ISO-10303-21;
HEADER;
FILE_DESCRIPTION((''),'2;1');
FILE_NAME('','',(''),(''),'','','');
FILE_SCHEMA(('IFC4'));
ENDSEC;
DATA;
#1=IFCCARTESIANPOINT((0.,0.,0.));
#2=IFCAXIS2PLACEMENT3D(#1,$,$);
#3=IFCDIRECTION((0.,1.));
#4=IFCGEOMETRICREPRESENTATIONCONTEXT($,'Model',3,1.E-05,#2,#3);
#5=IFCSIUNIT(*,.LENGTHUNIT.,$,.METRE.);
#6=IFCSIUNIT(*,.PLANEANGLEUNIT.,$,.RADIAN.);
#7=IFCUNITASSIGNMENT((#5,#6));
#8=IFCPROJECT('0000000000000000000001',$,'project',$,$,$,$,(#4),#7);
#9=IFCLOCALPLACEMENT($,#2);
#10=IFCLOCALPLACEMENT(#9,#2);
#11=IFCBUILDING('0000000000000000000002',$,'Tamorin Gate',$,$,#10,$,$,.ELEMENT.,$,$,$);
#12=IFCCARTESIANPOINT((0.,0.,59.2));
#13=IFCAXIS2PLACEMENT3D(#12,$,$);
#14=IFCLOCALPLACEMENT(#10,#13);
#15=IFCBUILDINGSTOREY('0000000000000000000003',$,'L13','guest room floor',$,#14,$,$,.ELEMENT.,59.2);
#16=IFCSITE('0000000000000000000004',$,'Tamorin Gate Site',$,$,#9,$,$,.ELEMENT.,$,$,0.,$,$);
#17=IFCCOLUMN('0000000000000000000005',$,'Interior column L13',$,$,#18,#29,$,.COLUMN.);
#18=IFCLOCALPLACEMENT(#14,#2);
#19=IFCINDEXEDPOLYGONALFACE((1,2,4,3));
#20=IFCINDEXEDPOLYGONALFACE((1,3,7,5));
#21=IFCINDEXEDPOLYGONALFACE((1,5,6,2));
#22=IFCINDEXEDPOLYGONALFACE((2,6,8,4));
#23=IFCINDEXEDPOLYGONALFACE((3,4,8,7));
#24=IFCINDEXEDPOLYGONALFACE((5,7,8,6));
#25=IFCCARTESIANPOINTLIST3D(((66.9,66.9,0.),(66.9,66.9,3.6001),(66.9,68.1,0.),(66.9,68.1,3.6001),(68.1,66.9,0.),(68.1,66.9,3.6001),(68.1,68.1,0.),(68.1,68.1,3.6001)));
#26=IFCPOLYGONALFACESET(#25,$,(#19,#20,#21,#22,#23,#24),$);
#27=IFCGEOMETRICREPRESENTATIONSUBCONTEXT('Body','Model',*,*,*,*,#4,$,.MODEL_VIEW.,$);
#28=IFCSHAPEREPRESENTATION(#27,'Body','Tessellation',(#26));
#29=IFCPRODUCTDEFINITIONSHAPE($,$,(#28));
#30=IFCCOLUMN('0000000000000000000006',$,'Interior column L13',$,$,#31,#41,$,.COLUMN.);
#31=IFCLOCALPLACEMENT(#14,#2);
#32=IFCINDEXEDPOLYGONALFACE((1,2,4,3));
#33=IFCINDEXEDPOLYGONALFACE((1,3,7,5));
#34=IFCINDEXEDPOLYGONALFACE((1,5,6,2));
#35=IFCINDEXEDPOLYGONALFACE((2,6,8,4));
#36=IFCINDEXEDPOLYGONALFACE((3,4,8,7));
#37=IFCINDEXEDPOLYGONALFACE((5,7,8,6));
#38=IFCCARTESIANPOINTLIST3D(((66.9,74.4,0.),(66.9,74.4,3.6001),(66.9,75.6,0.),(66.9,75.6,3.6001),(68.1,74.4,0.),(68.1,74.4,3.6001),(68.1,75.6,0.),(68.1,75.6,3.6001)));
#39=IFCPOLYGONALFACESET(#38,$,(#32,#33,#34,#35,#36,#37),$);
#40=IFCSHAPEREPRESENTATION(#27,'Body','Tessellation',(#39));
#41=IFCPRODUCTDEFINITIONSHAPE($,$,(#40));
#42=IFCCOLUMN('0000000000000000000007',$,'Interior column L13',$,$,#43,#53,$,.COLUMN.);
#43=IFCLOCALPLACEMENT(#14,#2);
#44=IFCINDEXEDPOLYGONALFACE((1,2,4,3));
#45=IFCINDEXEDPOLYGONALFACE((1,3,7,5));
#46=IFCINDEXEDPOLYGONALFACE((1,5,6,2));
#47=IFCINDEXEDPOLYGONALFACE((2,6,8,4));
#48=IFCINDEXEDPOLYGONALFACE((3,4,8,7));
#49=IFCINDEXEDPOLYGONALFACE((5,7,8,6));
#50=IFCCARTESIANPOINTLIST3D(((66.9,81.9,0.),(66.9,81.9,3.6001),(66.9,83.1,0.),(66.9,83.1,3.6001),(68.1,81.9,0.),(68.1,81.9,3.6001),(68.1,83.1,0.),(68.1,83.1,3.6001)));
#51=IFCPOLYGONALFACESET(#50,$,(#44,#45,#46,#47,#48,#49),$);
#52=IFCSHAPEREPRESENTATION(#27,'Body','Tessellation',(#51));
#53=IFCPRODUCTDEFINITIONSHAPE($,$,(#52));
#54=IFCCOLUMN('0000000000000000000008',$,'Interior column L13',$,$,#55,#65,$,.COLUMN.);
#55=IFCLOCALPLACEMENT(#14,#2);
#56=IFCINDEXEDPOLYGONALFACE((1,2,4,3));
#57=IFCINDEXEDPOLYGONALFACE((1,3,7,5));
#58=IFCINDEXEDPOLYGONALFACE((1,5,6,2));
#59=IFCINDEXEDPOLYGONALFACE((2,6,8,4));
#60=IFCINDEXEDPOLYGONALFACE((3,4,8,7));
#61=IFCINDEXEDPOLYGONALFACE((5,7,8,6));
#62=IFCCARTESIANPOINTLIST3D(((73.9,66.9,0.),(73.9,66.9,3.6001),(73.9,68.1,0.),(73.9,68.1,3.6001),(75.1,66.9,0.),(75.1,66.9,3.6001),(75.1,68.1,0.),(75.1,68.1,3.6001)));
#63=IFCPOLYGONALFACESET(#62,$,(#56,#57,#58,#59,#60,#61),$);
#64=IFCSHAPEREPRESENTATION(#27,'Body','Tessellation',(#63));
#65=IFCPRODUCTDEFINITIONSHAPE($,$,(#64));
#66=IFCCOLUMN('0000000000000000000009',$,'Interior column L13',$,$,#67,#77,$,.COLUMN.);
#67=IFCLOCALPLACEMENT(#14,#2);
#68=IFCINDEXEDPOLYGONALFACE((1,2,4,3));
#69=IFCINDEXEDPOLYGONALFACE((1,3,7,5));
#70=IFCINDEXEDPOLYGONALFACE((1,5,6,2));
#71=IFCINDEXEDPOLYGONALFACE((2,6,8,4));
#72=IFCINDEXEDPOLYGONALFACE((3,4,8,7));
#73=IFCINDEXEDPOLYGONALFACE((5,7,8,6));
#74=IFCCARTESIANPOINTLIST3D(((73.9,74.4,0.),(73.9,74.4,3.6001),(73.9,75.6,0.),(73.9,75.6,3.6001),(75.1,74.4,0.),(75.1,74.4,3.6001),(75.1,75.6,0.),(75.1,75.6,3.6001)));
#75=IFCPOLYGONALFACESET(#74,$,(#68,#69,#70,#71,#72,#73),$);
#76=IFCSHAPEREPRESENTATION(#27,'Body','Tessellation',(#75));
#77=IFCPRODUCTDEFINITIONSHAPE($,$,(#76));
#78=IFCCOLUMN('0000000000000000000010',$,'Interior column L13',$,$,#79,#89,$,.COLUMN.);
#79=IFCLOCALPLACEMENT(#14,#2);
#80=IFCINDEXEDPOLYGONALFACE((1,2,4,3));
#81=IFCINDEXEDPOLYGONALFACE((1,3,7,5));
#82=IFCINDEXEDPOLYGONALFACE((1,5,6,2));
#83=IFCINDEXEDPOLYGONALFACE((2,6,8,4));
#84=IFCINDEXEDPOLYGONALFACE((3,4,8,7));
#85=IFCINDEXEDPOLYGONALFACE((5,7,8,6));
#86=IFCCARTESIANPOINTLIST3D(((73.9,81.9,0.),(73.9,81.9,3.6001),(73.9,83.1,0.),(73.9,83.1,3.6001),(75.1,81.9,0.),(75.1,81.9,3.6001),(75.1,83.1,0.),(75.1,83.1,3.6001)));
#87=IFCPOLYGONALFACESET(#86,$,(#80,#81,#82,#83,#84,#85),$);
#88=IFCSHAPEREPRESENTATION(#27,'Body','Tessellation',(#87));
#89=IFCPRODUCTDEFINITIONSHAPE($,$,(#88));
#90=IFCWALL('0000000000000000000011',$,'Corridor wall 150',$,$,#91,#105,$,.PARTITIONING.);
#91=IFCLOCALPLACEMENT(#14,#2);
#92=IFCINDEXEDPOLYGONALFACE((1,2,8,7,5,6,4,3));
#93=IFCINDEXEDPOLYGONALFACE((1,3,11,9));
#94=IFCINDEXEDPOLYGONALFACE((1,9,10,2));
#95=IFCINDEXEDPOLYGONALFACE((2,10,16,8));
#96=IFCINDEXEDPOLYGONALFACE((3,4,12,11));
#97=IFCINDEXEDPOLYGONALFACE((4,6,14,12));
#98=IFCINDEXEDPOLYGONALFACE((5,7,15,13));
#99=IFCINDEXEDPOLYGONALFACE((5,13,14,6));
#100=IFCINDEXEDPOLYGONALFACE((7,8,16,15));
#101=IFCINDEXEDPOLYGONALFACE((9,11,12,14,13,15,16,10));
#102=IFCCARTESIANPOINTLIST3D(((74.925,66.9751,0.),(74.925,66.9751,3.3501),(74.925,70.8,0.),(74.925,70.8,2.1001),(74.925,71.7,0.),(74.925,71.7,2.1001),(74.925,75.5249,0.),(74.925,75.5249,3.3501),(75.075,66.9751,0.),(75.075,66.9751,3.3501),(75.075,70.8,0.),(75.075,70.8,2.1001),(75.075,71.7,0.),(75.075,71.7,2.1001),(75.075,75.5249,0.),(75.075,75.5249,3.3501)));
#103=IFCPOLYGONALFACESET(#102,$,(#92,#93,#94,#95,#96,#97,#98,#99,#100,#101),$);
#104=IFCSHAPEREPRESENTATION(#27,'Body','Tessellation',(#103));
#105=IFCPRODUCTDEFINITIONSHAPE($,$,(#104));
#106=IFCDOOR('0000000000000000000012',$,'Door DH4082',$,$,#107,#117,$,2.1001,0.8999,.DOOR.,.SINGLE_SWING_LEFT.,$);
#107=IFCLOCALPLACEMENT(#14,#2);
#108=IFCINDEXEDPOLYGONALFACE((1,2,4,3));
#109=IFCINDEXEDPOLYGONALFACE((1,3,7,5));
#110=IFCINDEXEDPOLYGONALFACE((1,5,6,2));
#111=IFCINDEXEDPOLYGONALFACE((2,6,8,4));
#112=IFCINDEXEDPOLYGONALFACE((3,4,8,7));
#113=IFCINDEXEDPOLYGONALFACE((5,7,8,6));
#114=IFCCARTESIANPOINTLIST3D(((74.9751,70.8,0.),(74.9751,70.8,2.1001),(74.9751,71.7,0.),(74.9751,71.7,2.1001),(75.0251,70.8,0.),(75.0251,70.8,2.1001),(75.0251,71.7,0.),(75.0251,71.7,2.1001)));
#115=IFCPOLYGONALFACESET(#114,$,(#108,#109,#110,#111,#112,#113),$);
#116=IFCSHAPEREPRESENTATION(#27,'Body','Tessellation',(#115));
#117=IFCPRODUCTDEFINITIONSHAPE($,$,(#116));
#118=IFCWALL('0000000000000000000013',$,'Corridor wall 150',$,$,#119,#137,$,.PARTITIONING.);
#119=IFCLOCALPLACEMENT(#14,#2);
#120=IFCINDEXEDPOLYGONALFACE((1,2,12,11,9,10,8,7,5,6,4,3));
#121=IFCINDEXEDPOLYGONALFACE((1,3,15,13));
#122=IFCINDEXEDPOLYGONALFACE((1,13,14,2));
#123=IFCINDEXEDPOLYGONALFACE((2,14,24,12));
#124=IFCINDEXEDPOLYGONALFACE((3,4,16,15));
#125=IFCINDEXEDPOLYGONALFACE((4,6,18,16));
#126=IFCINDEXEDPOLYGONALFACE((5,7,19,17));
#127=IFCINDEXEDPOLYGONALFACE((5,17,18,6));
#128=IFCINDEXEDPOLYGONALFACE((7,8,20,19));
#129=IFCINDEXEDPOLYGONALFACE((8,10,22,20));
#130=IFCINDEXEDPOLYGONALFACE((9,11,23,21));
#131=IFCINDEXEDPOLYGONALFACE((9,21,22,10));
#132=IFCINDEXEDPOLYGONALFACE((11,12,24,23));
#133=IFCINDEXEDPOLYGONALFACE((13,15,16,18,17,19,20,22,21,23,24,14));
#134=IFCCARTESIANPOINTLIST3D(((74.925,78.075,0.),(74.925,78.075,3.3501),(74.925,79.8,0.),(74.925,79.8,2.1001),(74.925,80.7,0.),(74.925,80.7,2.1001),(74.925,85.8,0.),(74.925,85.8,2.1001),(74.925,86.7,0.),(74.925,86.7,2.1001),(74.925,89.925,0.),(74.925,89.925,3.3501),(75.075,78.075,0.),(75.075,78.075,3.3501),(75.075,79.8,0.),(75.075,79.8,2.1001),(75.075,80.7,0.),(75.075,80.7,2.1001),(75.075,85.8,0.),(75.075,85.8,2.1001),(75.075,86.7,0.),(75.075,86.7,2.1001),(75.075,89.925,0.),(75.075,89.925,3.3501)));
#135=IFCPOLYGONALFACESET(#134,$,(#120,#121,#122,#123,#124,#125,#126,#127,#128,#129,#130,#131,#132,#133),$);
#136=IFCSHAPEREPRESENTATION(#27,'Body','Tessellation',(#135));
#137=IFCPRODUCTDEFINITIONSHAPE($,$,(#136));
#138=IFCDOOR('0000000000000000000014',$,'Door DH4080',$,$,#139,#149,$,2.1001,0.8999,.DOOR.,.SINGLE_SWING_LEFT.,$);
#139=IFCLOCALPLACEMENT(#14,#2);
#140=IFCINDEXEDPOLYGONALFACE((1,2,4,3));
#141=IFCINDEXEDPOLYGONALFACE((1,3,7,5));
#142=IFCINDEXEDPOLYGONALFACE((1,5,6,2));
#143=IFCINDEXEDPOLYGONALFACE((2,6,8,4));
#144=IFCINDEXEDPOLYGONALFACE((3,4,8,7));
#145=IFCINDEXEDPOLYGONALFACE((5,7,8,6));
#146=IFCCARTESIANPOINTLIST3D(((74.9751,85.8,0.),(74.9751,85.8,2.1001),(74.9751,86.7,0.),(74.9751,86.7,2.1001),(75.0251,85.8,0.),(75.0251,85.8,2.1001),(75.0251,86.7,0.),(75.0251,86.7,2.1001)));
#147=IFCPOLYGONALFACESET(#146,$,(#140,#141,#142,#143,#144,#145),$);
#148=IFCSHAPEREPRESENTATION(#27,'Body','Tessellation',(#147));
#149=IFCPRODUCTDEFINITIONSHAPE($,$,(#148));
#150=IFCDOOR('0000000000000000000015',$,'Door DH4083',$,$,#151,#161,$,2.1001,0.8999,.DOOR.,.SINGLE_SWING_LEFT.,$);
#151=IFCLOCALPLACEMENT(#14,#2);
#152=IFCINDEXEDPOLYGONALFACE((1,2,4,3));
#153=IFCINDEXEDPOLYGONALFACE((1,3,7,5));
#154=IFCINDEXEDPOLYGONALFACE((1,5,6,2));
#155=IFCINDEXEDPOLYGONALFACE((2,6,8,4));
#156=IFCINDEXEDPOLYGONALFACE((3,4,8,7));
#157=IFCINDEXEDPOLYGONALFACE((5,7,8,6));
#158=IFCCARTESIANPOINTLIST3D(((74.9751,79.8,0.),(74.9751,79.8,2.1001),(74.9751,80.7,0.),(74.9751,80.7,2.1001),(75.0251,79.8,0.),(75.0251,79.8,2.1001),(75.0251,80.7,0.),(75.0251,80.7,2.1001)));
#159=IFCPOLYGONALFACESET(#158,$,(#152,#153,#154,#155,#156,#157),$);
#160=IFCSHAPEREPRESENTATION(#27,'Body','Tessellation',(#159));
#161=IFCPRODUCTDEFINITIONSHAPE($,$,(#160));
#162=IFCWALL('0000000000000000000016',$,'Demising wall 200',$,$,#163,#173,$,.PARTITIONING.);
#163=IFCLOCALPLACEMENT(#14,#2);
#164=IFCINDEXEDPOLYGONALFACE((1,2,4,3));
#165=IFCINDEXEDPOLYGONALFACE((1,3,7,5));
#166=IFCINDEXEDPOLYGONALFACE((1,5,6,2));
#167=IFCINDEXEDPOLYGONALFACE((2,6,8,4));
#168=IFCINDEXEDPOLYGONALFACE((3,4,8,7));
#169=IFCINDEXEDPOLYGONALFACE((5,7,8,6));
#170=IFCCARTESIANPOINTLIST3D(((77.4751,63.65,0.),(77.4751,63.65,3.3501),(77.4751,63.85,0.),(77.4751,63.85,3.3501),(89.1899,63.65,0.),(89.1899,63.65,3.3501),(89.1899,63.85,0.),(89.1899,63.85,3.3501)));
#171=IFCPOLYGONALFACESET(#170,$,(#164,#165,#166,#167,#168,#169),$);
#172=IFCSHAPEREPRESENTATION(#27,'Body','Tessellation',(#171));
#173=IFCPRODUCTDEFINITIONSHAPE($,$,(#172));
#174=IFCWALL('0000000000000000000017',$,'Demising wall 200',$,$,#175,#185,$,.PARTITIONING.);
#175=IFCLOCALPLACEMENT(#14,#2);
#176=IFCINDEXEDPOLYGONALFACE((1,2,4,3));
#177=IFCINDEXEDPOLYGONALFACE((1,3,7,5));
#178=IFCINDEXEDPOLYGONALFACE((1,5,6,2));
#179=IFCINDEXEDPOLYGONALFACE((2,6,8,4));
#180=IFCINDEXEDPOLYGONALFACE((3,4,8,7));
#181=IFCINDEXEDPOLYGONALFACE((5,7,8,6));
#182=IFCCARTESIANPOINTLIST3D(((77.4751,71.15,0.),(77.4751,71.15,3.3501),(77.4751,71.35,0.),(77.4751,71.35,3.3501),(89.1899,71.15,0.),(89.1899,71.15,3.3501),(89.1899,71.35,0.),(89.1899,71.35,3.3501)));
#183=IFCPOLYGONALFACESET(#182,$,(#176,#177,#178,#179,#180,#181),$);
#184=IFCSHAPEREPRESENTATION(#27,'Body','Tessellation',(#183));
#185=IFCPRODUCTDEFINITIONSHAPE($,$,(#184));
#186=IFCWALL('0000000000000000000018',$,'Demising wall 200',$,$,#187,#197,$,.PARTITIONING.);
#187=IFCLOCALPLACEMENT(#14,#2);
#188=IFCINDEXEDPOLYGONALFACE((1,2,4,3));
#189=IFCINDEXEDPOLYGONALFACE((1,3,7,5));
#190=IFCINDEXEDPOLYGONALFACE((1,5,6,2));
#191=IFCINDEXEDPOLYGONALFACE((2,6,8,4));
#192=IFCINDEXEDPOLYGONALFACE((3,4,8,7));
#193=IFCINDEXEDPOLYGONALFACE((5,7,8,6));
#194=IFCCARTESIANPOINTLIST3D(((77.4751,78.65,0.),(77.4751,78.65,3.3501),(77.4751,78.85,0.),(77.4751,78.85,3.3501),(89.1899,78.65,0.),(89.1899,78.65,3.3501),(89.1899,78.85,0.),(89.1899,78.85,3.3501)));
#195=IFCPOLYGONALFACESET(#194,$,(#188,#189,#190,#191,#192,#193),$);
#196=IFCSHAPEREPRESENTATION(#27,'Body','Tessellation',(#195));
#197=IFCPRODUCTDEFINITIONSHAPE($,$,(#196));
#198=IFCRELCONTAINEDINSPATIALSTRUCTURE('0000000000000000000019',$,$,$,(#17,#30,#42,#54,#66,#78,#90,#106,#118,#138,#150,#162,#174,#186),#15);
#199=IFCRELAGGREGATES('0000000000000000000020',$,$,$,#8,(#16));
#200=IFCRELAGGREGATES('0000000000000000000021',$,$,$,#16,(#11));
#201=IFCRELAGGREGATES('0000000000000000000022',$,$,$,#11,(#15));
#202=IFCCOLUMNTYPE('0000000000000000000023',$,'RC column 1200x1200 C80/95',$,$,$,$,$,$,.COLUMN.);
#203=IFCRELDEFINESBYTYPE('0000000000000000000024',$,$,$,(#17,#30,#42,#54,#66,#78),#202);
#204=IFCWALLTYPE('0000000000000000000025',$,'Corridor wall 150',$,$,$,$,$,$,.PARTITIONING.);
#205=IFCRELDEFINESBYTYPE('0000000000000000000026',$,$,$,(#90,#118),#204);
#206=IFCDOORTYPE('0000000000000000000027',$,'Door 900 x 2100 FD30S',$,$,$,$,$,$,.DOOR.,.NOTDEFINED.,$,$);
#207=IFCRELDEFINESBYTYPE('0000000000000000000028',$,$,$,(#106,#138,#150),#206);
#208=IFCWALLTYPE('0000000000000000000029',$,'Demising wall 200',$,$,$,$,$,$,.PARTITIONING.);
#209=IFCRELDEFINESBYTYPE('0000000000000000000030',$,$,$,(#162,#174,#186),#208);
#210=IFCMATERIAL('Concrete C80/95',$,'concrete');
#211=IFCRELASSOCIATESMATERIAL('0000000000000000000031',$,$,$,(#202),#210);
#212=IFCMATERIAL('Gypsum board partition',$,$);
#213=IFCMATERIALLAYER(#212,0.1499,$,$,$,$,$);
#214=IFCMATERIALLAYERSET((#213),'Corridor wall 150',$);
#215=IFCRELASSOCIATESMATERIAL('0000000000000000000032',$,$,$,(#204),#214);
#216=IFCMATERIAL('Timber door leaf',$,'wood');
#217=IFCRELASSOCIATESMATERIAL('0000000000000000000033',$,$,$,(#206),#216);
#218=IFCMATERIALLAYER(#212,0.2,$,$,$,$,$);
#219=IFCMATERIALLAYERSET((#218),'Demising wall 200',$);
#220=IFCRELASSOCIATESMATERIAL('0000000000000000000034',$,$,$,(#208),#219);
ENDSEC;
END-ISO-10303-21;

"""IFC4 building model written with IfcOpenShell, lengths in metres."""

from ifc_helpers import new_model, si_unit, direction, frame, frame_2d, origin, origin_2d, place, context, subcontext, project, spatial, rectangle, extrude, material, layer, layer_set, material_profile, profile_set, type_object, element, fill, save


model = new_model("IFC4")

# Units and contexts
model_context = context("Model", 3, precision=1e-05, world=origin(), true_north=direction((0.0, 1.0)))
body_context = subcontext(model_context, "Body", "Model", "MODEL_VIEW")
ifc_project = project(units=[si_unit("LENGTHUNIT", "METRE"), si_unit("PLANEANGLEUNIT", "RADIAN")], contexts=[model_context])

# Site, building, storey
site_placement = place(None, origin())
site = spatial("IfcSite", under=ifc_project, at=site_placement, Name="Tamorin Gate Site", CompositionType="ELEMENT", RefElevation=0.0)
building_placement = place(site_placement, origin())
building = spatial("IfcBuilding", under=site, at=building_placement, Name="Tamorin Gate", CompositionType="ELEMENT")
storey_placement = place(building_placement, frame((0.0, 0.0, 59.2)))
storey = spatial("IfcBuildingStorey", under=building, at=storey_placement, Name="L13", Description="guest room floor", CompositionType="ELEMENT", Elevation=59.2)

# Columns
ifc_material_1 = material(Name="Concrete C80/95", Category="concrete")
ifc_material_profile = material_profile(ifc_material_1, rectangle(XDim=1.2, YDim=1.2, at=origin_2d()), Name="RC 1200x1200")
ifc_profile_set = profile_set([ifc_material_profile], Name="Concrete C80/95")
column_type = type_object("IfcColumnType", Name="RC column 1200x1200 C80/95", PredefinedType="COLUMN", material=ifc_profile_set)
for number, where, z_axis, x_axis, name in (
    (1, (67.5, 67.5, 0.0), (0.0, 0.0, 1.0), (1.0, 0.0, 0.0), "Interior column L13"),
    (2, (67.5, 75.0, 0.0), (0.0, 0.0, 1.0), (1.0, 0.0, 0.0), "Interior column L13"),
    (3, (67.5, 82.5, 0.0), (0.0, 0.0, 1.0), (1.0, 0.0, 0.0), "Interior column L13"),
    (4, (74.5, 67.5, 0.0), (0.0, 0.0, 1.0), (1.0, 0.0, 0.0), "Interior column L13"),
    (5, (74.5, 75.0, 0.0), (0.0, 0.0, 1.0), (1.0, 0.0, 0.0), "Interior column L13"),
    (6, (74.5, 82.5, 0.0), (0.0, 0.0, 1.0), (1.0, 0.0, 0.0), "Interior column L13"),
):
    element("IfcColumn", number, at=place(storey_placement, frame(where, z_axis=z_axis, x_axis=x_axis)), inside=storey, type_object=column_type, Name=name, PredefinedType="COLUMN", context=body_context, shape_type="SweptSolid", body=[
        extrude(rectangle(XDim=1.2, YDim=1.2, at=origin_2d()), origin(), (0.0, 0.0, 1.0), 3.6001),
    ])

# Wall, opening, door
ifc_material_2 = material(Name="Gypsum board partition")
ifc_layer_1 = layer(ifc_material_2, 0.1499)
ifc_layer_set_1 = layer_set([ifc_layer_1], Name="Corridor wall 150")
wall_type_1 = type_object("IfcWallType", Name="Corridor wall 150", PredefinedType="PARTITIONING", material=ifc_layer_set_1)
wall_1_placement = place(storey_placement, frame((75.0, 66.9751, 0.0), z_axis=(0.0, 0.0, 1.0), x_axis=(0.0, 1.0, 0.0)))
wall_1 = element("IfcWall", 7, at=wall_1_placement, inside=storey, type_object=wall_type_1, Name="Corridor wall 150", PredefinedType="PARTITIONING", context=body_context, shape_type="SweptSolid", body=[
    extrude(rectangle(XDim=8.5498, YDim=0.1499, at=frame_2d((4.2749, 0.0))), origin(), (0.0, 0.0, 1.0), 3.3501),
])
opening_1_placement = place(wall_1_placement, frame((3.825, 0.0, 0.0)))
opening_1 = element("IfcOpeningElement", 8, at=opening_1_placement, cuts=wall_1, PredefinedType="OPENING", context=body_context, shape_type="SweptSolid", body=[
    extrude(rectangle(XDim=0.8999, YDim=2.1001, at=frame_2d((0.45, 1.05))), frame((0.0, 0.085, 0.0), z_axis=(0.0, -1.0, 0.0), x_axis=(1.0, 0.0, 0.0)), (0.0, 0.0, 1.0), 0.1699),
])
ifc_material_3 = material(Name="Timber door leaf", Category="wood")
door_type = type_object("IfcDoorType", Name="Door 900 x 2100 FD30S", OperationType="NOTDEFINED", PredefinedType="DOOR", material=ifc_material_3)
door_1_placement = place(opening_1_placement, origin())
door_1 = element("IfcDoor", 9, at=door_1_placement, inside=storey, type_object=door_type, Name="Door DH4082", OperationType="SINGLE_SWING_LEFT", OverallHeight=2.1001, OverallWidth=0.8999, PredefinedType="DOOR", context=body_context, shape_type="SweptSolid", body=[
    extrude(rectangle(XDim=0.8999, YDim=2.1001, at=frame_2d((0.45, 1.05))), frame((0.0, 0.0249, 0.0), z_axis=(0.0, -1.0, 0.0), x_axis=(1.0, 0.0, 0.0)), (0.0, 0.0, 1.0), 0.05),
])
fill(opening_1, door_1)

# Wall, openings, doors
wall_2_placement = place(storey_placement, frame((75.0, 78.075, 0.0), z_axis=(0.0, 0.0, 1.0), x_axis=(0.0, 1.0, 0.0)))
wall_2 = element("IfcWall", 10, at=wall_2_placement, inside=storey, type_object=wall_type_1, Name="Corridor wall 150", PredefinedType="PARTITIONING", context=body_context, shape_type="SweptSolid", body=[
    extrude(rectangle(XDim=11.8501, YDim=0.1499, at=frame_2d((5.925, 0.0))), origin(), (0.0, 0.0, 1.0), 3.3501),
])
opening_2_placement = place(wall_2_placement, frame((7.7251, 0.0, 0.0)))
opening_2 = element("IfcOpeningElement", 11, at=opening_2_placement, cuts=wall_2, PredefinedType="OPENING", context=body_context, shape_type="SweptSolid", body=[
    extrude(rectangle(XDim=0.8999, YDim=2.1001, at=frame_2d((0.45, 1.05))), frame((0.0, 0.085, 0.0), z_axis=(0.0, -1.0, 0.0), x_axis=(1.0, 0.0, 0.0)), (0.0, 0.0, 1.0), 0.1699),
])
opening_3_placement = place(wall_2_placement, frame((1.7251, 0.0, 0.0)))
opening_3 = element("IfcOpeningElement", 12, at=opening_3_placement, cuts=wall_2, PredefinedType="OPENING", context=body_context, shape_type="SweptSolid", body=[
    extrude(rectangle(XDim=0.8999, YDim=2.1001, at=frame_2d((0.45, 1.05))), frame((0.0, 0.085, 0.0), z_axis=(0.0, -1.0, 0.0), x_axis=(1.0, 0.0, 0.0)), (0.0, 0.0, 1.0), 0.1699),
])
door_2_placement = place(opening_2_placement, origin())
door_2 = element("IfcDoor", 13, at=door_2_placement, inside=storey, type_object=door_type, Name="Door DH4080", OperationType="SINGLE_SWING_LEFT", OverallHeight=2.1001, OverallWidth=0.8999, PredefinedType="DOOR", context=body_context, shape_type="SweptSolid", body=[
    extrude(rectangle(XDim=0.8999, YDim=2.1001, at=frame_2d((0.45, 1.05))), frame((0.0, 0.0249, 0.0), z_axis=(0.0, -1.0, 0.0), x_axis=(1.0, 0.0, 0.0)), (0.0, 0.0, 1.0), 0.05),
])
fill(opening_2, door_2)
door_3_placement = place(opening_3_placement, origin())
door_3 = element("IfcDoor", 14, at=door_3_placement, inside=storey, type_object=door_type, Name="Door DH4083", OperationType="SINGLE_SWING_LEFT", OverallHeight=2.1001, OverallWidth=0.8999, PredefinedType="DOOR", context=body_context, shape_type="SweptSolid", body=[
    extrude(rectangle(XDim=0.8999, YDim=2.1001, at=frame_2d((0.45, 1.05))), frame((0.0, 0.0249, 0.0), z_axis=(0.0, -1.0, 0.0), x_axis=(1.0, 0.0, 0.0)), (0.0, 0.0, 1.0), 0.05),
])
fill(opening_3, door_3)

# Walls
ifc_layer_2 = layer(ifc_material_2, 0.2)
ifc_layer_set_2 = layer_set([ifc_layer_2], Name="Demising wall 200")
wall_type_2 = type_object("IfcWallType", Name="Demising wall 200", PredefinedType="PARTITIONING", material=ifc_layer_set_2)
for number, where, z_axis, x_axis, name in (
    (15, (77.4751, 63.75, 0.0), (0.0, 0.0, 1.0), (1.0, 0.0, 0.0), "Demising wall 200"),
    (16, (77.4751, 71.25, 0.0), (0.0, 0.0, 1.0), (1.0, 0.0, 0.0), "Demising wall 200"),
    (17, (77.4751, 78.75, 0.0), (0.0, 0.0, 1.0), (1.0, 0.0, 0.0), "Demising wall 200"),
):
    element("IfcWall", number, at=place(storey_placement, frame(where, z_axis=z_axis, x_axis=x_axis)), inside=storey, type_object=wall_type_2, Name=name, PredefinedType="PARTITIONING", context=body_context, shape_type="SweptSolid", body=[
        extrude(rectangle(XDim=11.7148, YDim=0.2, at=frame_2d((5.8574, 0.0))), origin(), (0.0, 0.0, 1.0), 3.3501),
    ])

save(model, "model.ifc")
